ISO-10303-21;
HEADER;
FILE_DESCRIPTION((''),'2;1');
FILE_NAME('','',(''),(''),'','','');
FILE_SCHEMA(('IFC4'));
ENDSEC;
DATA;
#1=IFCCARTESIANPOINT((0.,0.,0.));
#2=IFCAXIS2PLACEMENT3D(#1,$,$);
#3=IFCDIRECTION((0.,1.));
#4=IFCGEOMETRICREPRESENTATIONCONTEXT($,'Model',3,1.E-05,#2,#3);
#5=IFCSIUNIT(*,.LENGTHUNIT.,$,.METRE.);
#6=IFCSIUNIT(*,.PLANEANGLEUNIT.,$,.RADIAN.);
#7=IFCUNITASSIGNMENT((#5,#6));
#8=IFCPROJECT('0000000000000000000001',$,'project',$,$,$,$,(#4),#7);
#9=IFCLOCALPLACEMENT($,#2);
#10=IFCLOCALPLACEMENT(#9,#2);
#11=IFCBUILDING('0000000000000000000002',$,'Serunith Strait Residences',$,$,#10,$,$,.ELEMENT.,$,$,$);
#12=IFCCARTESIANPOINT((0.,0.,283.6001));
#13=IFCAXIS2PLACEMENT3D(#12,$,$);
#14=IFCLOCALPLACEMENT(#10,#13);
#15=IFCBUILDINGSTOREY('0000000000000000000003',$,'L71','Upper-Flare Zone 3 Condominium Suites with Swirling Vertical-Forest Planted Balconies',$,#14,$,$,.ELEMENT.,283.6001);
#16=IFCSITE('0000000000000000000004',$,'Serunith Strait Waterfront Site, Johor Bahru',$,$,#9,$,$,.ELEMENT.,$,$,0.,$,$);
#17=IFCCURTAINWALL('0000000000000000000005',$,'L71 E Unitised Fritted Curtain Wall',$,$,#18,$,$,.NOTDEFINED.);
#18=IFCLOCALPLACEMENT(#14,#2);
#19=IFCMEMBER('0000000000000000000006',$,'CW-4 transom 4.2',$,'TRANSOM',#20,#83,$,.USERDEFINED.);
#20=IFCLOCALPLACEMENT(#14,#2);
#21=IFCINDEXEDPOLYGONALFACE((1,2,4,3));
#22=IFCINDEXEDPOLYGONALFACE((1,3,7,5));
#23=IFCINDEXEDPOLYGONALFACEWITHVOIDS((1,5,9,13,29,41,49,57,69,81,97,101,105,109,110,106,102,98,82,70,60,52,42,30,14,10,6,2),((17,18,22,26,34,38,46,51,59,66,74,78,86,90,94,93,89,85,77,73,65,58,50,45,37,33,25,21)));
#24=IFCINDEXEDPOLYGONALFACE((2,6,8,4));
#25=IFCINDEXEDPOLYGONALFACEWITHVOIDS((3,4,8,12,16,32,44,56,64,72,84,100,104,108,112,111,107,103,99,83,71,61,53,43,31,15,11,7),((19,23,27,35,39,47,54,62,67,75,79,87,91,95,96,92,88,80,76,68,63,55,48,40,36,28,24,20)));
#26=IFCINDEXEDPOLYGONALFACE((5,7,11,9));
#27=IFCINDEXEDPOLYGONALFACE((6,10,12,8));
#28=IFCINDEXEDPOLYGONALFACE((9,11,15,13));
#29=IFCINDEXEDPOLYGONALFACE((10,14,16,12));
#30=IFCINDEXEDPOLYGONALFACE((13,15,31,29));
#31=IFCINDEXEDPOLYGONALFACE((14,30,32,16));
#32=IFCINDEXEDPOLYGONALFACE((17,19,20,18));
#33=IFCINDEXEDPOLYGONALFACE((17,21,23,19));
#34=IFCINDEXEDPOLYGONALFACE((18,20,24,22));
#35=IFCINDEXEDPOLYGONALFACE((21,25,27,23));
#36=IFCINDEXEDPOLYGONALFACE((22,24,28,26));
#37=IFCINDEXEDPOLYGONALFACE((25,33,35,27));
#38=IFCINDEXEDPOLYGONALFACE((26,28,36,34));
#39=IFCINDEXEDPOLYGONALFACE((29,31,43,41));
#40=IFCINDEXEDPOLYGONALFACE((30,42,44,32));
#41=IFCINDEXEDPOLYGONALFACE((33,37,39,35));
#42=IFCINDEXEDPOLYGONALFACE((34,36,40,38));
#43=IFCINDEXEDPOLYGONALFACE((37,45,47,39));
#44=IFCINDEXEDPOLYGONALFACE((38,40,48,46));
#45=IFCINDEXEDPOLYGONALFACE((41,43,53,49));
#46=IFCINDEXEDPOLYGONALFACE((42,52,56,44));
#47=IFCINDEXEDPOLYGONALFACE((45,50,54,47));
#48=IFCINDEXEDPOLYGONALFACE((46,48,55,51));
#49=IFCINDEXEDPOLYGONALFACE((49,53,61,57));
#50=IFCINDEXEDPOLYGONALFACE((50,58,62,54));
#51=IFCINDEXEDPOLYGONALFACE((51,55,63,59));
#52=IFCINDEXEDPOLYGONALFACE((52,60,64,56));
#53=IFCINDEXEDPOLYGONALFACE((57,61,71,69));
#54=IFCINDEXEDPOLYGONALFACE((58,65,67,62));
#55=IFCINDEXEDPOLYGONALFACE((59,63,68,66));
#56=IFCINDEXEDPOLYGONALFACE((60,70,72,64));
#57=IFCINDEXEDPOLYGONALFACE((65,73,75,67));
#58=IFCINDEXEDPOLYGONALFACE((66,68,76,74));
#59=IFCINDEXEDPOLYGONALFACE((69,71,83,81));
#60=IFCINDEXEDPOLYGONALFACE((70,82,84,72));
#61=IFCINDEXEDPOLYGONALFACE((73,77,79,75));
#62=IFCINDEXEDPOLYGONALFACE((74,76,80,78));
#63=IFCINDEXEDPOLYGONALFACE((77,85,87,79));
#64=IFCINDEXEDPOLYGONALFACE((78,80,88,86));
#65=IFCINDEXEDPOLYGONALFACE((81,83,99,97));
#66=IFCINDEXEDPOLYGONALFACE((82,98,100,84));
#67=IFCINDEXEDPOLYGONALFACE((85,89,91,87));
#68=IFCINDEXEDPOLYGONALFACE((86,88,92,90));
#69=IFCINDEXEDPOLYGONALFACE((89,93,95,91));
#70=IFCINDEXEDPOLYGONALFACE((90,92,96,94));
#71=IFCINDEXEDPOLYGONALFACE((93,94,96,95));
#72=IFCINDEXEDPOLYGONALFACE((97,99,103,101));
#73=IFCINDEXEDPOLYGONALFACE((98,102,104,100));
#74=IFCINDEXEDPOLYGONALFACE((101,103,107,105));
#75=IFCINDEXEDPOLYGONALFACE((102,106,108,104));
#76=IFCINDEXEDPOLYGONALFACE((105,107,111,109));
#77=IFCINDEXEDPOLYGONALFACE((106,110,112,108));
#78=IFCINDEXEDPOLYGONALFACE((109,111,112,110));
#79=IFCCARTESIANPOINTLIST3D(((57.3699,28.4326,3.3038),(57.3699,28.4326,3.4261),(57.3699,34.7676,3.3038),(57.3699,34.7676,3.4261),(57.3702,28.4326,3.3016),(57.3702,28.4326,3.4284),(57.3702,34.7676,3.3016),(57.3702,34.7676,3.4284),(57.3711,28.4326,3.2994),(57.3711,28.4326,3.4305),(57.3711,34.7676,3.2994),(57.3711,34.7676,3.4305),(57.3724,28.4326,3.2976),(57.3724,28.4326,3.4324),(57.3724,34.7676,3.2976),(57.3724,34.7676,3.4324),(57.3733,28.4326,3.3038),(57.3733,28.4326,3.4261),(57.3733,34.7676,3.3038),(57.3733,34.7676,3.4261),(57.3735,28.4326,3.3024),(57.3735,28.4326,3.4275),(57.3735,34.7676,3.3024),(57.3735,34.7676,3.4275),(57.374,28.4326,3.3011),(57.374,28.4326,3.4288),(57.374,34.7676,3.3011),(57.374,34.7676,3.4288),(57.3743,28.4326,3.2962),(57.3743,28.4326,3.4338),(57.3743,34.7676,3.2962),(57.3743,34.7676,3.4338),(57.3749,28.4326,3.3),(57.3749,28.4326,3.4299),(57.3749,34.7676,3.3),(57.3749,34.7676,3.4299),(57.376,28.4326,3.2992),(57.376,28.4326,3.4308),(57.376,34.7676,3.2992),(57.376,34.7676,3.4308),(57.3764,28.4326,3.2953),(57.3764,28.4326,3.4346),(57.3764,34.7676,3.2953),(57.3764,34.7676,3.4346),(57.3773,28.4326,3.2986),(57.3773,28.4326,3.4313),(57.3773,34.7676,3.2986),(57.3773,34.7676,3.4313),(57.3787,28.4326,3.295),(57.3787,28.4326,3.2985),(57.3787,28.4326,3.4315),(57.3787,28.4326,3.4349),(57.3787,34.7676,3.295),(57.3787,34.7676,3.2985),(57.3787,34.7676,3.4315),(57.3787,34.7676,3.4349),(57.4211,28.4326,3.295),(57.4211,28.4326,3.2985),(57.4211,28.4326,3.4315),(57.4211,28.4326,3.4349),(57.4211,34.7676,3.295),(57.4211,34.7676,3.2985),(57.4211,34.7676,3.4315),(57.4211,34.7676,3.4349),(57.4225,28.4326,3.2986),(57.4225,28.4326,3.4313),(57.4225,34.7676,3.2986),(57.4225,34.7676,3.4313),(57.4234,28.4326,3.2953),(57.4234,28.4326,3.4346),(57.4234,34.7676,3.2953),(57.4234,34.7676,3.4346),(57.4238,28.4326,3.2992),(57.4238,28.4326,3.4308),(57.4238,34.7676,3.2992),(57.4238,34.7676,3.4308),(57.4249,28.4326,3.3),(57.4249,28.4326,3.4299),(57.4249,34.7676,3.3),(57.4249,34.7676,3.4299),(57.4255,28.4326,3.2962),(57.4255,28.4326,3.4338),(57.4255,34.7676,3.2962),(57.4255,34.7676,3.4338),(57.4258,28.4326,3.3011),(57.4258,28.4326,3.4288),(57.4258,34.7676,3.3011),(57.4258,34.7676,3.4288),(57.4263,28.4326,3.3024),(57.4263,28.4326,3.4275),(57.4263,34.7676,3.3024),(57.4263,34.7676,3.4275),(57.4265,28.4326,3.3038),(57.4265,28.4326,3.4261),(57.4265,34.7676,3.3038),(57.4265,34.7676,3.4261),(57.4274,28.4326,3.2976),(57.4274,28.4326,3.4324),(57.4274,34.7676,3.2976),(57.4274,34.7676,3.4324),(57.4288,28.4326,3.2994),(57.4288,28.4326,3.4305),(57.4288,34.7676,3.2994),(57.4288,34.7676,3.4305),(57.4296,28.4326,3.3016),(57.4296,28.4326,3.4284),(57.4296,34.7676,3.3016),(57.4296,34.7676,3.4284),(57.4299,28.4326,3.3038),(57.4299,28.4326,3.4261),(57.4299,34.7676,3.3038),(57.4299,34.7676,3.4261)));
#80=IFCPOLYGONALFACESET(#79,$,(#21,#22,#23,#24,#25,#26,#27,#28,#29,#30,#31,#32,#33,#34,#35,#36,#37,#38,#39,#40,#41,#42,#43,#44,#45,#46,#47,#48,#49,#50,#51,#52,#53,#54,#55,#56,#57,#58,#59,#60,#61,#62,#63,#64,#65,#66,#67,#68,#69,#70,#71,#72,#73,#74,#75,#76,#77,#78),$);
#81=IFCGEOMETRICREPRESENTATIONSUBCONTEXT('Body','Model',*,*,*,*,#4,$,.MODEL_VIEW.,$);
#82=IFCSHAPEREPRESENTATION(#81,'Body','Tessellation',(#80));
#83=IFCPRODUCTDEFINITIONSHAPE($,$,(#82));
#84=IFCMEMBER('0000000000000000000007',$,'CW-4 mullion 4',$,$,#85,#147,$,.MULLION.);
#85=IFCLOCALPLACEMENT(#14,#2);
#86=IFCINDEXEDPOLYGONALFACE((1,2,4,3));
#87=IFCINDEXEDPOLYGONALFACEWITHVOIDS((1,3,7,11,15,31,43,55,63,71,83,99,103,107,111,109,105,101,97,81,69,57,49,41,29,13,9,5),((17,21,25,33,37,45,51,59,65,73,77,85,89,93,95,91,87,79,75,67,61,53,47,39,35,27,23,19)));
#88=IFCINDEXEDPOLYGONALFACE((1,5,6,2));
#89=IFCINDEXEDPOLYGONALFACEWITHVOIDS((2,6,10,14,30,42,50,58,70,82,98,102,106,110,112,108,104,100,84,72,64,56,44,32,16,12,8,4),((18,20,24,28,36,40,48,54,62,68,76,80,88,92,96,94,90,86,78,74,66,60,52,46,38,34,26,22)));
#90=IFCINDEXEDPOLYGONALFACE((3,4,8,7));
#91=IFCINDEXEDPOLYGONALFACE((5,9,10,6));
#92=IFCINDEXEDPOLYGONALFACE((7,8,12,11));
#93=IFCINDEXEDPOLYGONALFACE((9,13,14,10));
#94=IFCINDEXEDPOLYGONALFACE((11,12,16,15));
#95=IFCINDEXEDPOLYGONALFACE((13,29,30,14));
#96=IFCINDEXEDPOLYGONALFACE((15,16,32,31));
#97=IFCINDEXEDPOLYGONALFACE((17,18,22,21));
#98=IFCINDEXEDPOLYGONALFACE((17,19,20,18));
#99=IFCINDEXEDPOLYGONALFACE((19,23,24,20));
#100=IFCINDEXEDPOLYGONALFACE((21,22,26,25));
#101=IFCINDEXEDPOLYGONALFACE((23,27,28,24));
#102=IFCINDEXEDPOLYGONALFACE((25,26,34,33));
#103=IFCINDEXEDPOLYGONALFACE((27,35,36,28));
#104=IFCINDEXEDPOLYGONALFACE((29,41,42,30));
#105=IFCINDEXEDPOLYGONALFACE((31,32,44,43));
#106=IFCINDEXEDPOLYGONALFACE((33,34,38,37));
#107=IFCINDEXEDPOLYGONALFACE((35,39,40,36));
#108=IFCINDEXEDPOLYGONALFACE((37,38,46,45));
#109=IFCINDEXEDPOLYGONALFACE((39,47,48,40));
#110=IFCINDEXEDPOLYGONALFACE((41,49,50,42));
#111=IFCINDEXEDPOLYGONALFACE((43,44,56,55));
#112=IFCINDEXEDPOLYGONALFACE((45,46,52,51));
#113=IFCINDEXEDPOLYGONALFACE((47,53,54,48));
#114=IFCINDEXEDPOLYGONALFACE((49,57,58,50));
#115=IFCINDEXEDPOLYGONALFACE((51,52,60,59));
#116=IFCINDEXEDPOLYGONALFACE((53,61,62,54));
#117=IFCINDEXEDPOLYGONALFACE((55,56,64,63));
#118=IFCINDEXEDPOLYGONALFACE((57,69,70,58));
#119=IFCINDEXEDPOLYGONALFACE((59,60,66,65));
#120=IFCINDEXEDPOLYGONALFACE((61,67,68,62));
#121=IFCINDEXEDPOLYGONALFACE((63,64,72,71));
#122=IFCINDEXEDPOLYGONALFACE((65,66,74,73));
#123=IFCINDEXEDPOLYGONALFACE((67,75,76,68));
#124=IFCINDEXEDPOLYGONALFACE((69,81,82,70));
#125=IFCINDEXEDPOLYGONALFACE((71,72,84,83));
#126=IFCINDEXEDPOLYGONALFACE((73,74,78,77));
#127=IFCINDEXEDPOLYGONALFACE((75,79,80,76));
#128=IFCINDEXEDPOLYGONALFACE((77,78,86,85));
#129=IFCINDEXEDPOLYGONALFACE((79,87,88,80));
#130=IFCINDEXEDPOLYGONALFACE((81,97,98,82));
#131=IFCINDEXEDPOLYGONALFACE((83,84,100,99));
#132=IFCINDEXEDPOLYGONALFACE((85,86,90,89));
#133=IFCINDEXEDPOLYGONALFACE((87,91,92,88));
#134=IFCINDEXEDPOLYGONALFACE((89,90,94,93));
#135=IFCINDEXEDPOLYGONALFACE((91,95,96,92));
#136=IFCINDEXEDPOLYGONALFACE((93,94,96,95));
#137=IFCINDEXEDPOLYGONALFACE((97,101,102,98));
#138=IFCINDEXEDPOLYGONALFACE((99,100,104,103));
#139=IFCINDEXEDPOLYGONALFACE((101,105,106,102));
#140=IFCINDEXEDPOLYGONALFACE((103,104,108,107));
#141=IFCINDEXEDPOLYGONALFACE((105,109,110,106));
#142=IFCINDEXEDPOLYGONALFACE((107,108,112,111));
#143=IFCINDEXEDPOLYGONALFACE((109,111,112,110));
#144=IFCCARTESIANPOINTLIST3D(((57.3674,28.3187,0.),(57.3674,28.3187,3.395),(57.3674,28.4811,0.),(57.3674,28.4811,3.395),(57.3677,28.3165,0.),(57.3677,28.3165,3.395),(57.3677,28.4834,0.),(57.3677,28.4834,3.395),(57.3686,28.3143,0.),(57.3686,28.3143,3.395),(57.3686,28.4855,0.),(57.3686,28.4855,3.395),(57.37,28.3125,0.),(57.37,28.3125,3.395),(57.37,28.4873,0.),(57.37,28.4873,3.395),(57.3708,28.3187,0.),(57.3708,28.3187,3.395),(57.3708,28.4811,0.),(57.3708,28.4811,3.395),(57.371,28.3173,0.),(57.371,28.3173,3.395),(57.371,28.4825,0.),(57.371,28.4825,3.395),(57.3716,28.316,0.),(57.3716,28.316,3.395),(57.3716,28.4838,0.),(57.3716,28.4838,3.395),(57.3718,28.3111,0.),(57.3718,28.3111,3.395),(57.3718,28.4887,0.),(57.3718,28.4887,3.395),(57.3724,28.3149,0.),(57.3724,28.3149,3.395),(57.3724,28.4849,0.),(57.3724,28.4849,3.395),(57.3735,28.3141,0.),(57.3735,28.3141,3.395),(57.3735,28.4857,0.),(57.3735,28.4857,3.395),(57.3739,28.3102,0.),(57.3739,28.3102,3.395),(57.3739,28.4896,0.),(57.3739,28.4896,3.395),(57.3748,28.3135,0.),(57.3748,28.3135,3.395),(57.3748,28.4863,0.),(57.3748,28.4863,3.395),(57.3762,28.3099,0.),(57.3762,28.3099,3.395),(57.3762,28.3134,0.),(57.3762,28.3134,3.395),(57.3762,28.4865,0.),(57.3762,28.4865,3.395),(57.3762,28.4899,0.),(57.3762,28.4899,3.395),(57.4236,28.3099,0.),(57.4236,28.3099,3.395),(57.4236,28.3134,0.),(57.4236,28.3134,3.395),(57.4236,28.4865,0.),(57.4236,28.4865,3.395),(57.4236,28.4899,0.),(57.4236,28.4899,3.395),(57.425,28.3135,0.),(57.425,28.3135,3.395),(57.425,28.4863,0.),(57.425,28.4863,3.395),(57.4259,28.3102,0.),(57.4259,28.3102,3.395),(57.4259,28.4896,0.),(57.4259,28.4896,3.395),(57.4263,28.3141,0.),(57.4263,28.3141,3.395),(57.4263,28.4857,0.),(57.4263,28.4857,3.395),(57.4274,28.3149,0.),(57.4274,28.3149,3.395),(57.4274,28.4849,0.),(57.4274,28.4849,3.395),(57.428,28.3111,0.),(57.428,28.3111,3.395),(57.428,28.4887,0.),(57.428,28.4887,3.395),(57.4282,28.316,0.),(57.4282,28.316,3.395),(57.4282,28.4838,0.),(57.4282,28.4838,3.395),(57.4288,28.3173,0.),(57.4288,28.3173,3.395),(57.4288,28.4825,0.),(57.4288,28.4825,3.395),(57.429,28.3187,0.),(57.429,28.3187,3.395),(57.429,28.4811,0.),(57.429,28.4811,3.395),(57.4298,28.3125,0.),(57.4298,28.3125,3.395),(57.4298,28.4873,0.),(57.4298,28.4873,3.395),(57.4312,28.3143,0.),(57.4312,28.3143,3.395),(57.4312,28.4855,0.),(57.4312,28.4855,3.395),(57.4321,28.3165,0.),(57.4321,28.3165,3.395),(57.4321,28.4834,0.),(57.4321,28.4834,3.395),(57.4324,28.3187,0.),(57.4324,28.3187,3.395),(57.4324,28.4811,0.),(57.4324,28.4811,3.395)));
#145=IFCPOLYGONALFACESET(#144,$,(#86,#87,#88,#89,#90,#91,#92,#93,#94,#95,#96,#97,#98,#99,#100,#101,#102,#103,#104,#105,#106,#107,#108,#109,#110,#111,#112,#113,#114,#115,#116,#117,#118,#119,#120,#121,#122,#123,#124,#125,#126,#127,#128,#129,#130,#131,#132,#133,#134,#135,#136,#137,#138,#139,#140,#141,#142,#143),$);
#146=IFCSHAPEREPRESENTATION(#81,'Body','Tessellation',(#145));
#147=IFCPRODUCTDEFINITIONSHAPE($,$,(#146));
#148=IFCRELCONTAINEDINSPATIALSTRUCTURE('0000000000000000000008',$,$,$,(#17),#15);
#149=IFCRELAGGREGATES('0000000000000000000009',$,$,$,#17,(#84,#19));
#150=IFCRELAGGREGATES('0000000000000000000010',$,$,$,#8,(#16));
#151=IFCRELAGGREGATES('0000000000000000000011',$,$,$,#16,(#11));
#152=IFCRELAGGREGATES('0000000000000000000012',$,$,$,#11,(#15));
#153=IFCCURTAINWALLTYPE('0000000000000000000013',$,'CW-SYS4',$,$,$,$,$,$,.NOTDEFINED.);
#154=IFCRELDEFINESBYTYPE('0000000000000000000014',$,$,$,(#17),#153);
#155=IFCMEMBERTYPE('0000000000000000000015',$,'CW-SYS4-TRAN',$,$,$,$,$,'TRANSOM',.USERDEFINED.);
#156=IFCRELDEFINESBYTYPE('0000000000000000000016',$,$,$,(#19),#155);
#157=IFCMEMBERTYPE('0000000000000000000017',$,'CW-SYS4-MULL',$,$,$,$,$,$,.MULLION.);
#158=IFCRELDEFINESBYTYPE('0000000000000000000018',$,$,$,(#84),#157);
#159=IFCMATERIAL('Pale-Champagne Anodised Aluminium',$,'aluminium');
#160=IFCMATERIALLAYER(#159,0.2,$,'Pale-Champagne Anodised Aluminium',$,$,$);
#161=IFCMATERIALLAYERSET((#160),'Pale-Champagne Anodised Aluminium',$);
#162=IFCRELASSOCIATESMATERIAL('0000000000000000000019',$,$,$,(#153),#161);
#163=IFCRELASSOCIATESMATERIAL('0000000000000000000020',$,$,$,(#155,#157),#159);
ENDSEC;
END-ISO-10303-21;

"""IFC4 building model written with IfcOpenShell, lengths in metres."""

from ifc_helpers import new_model, si_unit, direction, frame, origin, origin_2d, place, context, subcontext, project, spatial, hollow_rectangle, extrude, source, transform, mapped, material, layer, layer_set, material_profile, profile_set, type_object, element, aggregate, save


model = new_model("IFC4")

# Units and contexts
model_context = context("Model", 3, precision=1e-05, world=origin(), true_north=direction((0.0, 1.0)))
body_context = subcontext(model_context, "Body", "Model", "MODEL_VIEW")
ifc_project = project(units=[si_unit("LENGTHUNIT", "METRE"), si_unit("PLANEANGLEUNIT", "RADIAN")], contexts=[model_context])

# Site, building, storey
site_placement = place(None, origin())
site = spatial("IfcSite", under=ifc_project, at=site_placement, Name="Serunith Strait Waterfront Site, Johor Bahru", CompositionType="ELEMENT", RefElevation=0.0)
building_placement = place(site_placement, origin())
building = spatial("IfcBuilding", under=site, at=building_placement, Name="Serunith Strait Residences", CompositionType="ELEMENT")
storey_placement = place(building_placement, frame((0.0, 0.0, 283.6001)))
storey = spatial("IfcBuildingStorey", under=building, at=storey_placement, Name="L71", Description="Upper-Flare Zone 3 Condominium Suites with Swirling Vertical-Forest Planted Balconies", CompositionType="ELEMENT", Elevation=283.6001)

# Curtain wall, members
ifc_material_1 = material(Name="Pale-Champagne Anodised Aluminium", Category="aluminium")
ifc_layer_1 = layer(ifc_material_1, 0.2, Name="Pale-Champagne Anodised Aluminium")
ifc_layer_set_1 = layer_set([ifc_layer_1], Name="Pale-Champagne Anodised Aluminium")
curtain_wall_type = type_object("IfcCurtainWallType", Name="CW-SYS4", PredefinedType="NOTDEFINED", material=ifc_layer_set_1)
curtain_wall_placement = place(storey_placement, origin())
curtain_wall = element("IfcCurtainWall", 1, at=curtain_wall_placement, inside=storey, type_object=curtain_wall_type, Name="L71 E Unitised Fritted Curtain Wall", PredefinedType="NOTDEFINED")
ifc_material_profile_1 = material_profile(ifc_material_1, hollow_rectangle(XDim=0.0601, YDim=0.1399, WallThickness=0.0034, InnerFilletRadius=0.0054, OuterFilletRadius=0.0088, at=origin_2d()), Name="ALU 140x60x3.5")
ifc_profile_set_1 = profile_set([ifc_material_profile_1], Name="Pale-Champagne Anodised Aluminium")
member_type_1 = type_object("IfcMemberType", Name="CW-SYS4-TRAN", ElementType="TRANSOM", PredefinedType="USERDEFINED", material=ifc_profile_set_1)
shared_shape_1 = source(origin(), body_context, "Body", "SweptSolid", [
    extrude(hollow_rectangle(XDim=0.0601, YDim=0.1399, WallThickness=0.0034, InnerFilletRadius=0.0054, OuterFilletRadius=0.0088, at=origin_2d()), origin(), (0.0, 0.0, 1.0), 6.335),
])
member_1_placement = place(storey_placement, frame((57.3999, 28.4326, 3.365), z_axis=(0.0, 1.0, 0.0), x_axis=(-1.0, 0.0, 0.0)))
member_1 = element("IfcMember", 2, at=member_1_placement, type_object=member_type_1, Name="CW-4 transom 4.2", ObjectType="TRANSOM", PredefinedType="USERDEFINED", context=body_context, shape_type="MappedRepresentation", body=[
    mapped(shared_shape_1, transform((0.0, 0.0, 0.0), scale=1.0)),
])
ifc_material_profile_2 = material_profile(ifc_material_1, hollow_rectangle(XDim=0.0649, YDim=0.1799, WallThickness=0.0034, InnerFilletRadius=0.0054, OuterFilletRadius=0.0088, at=origin_2d()), Name="ALU 180x65x3.5")
ifc_profile_set_2 = profile_set([ifc_material_profile_2], Name="Pale-Champagne Anodised Aluminium")
member_type_2 = type_object("IfcMemberType", Name="CW-SYS4-MULL", PredefinedType="MULLION", material=ifc_profile_set_2)
shared_shape_2 = source(origin(), body_context, "Body", "SweptSolid", [
    extrude(hollow_rectangle(XDim=0.0649, YDim=0.1799, WallThickness=0.0034, InnerFilletRadius=0.0054, OuterFilletRadius=0.0088, at=origin_2d()), origin(), (0.0, 0.0, 1.0), 3.395),
])
member_2_placement = place(storey_placement, frame((57.3999, 28.3999, 0.0), z_axis=(0.0, 0.0, 1.0), x_axis=(-1.0, 0.0, 0.0)))
member_2 = element("IfcMember", 3, at=member_2_placement, type_object=member_type_2, Name="CW-4 mullion 4", PredefinedType="MULLION", context=body_context, shape_type="MappedRepresentation", body=[
    mapped(shared_shape_2, transform((0.0, 0.0, 0.0), scale=1.0)),
])
aggregate(curtain_wall, [member_2, member_1])

save(model, "model.ifc")
